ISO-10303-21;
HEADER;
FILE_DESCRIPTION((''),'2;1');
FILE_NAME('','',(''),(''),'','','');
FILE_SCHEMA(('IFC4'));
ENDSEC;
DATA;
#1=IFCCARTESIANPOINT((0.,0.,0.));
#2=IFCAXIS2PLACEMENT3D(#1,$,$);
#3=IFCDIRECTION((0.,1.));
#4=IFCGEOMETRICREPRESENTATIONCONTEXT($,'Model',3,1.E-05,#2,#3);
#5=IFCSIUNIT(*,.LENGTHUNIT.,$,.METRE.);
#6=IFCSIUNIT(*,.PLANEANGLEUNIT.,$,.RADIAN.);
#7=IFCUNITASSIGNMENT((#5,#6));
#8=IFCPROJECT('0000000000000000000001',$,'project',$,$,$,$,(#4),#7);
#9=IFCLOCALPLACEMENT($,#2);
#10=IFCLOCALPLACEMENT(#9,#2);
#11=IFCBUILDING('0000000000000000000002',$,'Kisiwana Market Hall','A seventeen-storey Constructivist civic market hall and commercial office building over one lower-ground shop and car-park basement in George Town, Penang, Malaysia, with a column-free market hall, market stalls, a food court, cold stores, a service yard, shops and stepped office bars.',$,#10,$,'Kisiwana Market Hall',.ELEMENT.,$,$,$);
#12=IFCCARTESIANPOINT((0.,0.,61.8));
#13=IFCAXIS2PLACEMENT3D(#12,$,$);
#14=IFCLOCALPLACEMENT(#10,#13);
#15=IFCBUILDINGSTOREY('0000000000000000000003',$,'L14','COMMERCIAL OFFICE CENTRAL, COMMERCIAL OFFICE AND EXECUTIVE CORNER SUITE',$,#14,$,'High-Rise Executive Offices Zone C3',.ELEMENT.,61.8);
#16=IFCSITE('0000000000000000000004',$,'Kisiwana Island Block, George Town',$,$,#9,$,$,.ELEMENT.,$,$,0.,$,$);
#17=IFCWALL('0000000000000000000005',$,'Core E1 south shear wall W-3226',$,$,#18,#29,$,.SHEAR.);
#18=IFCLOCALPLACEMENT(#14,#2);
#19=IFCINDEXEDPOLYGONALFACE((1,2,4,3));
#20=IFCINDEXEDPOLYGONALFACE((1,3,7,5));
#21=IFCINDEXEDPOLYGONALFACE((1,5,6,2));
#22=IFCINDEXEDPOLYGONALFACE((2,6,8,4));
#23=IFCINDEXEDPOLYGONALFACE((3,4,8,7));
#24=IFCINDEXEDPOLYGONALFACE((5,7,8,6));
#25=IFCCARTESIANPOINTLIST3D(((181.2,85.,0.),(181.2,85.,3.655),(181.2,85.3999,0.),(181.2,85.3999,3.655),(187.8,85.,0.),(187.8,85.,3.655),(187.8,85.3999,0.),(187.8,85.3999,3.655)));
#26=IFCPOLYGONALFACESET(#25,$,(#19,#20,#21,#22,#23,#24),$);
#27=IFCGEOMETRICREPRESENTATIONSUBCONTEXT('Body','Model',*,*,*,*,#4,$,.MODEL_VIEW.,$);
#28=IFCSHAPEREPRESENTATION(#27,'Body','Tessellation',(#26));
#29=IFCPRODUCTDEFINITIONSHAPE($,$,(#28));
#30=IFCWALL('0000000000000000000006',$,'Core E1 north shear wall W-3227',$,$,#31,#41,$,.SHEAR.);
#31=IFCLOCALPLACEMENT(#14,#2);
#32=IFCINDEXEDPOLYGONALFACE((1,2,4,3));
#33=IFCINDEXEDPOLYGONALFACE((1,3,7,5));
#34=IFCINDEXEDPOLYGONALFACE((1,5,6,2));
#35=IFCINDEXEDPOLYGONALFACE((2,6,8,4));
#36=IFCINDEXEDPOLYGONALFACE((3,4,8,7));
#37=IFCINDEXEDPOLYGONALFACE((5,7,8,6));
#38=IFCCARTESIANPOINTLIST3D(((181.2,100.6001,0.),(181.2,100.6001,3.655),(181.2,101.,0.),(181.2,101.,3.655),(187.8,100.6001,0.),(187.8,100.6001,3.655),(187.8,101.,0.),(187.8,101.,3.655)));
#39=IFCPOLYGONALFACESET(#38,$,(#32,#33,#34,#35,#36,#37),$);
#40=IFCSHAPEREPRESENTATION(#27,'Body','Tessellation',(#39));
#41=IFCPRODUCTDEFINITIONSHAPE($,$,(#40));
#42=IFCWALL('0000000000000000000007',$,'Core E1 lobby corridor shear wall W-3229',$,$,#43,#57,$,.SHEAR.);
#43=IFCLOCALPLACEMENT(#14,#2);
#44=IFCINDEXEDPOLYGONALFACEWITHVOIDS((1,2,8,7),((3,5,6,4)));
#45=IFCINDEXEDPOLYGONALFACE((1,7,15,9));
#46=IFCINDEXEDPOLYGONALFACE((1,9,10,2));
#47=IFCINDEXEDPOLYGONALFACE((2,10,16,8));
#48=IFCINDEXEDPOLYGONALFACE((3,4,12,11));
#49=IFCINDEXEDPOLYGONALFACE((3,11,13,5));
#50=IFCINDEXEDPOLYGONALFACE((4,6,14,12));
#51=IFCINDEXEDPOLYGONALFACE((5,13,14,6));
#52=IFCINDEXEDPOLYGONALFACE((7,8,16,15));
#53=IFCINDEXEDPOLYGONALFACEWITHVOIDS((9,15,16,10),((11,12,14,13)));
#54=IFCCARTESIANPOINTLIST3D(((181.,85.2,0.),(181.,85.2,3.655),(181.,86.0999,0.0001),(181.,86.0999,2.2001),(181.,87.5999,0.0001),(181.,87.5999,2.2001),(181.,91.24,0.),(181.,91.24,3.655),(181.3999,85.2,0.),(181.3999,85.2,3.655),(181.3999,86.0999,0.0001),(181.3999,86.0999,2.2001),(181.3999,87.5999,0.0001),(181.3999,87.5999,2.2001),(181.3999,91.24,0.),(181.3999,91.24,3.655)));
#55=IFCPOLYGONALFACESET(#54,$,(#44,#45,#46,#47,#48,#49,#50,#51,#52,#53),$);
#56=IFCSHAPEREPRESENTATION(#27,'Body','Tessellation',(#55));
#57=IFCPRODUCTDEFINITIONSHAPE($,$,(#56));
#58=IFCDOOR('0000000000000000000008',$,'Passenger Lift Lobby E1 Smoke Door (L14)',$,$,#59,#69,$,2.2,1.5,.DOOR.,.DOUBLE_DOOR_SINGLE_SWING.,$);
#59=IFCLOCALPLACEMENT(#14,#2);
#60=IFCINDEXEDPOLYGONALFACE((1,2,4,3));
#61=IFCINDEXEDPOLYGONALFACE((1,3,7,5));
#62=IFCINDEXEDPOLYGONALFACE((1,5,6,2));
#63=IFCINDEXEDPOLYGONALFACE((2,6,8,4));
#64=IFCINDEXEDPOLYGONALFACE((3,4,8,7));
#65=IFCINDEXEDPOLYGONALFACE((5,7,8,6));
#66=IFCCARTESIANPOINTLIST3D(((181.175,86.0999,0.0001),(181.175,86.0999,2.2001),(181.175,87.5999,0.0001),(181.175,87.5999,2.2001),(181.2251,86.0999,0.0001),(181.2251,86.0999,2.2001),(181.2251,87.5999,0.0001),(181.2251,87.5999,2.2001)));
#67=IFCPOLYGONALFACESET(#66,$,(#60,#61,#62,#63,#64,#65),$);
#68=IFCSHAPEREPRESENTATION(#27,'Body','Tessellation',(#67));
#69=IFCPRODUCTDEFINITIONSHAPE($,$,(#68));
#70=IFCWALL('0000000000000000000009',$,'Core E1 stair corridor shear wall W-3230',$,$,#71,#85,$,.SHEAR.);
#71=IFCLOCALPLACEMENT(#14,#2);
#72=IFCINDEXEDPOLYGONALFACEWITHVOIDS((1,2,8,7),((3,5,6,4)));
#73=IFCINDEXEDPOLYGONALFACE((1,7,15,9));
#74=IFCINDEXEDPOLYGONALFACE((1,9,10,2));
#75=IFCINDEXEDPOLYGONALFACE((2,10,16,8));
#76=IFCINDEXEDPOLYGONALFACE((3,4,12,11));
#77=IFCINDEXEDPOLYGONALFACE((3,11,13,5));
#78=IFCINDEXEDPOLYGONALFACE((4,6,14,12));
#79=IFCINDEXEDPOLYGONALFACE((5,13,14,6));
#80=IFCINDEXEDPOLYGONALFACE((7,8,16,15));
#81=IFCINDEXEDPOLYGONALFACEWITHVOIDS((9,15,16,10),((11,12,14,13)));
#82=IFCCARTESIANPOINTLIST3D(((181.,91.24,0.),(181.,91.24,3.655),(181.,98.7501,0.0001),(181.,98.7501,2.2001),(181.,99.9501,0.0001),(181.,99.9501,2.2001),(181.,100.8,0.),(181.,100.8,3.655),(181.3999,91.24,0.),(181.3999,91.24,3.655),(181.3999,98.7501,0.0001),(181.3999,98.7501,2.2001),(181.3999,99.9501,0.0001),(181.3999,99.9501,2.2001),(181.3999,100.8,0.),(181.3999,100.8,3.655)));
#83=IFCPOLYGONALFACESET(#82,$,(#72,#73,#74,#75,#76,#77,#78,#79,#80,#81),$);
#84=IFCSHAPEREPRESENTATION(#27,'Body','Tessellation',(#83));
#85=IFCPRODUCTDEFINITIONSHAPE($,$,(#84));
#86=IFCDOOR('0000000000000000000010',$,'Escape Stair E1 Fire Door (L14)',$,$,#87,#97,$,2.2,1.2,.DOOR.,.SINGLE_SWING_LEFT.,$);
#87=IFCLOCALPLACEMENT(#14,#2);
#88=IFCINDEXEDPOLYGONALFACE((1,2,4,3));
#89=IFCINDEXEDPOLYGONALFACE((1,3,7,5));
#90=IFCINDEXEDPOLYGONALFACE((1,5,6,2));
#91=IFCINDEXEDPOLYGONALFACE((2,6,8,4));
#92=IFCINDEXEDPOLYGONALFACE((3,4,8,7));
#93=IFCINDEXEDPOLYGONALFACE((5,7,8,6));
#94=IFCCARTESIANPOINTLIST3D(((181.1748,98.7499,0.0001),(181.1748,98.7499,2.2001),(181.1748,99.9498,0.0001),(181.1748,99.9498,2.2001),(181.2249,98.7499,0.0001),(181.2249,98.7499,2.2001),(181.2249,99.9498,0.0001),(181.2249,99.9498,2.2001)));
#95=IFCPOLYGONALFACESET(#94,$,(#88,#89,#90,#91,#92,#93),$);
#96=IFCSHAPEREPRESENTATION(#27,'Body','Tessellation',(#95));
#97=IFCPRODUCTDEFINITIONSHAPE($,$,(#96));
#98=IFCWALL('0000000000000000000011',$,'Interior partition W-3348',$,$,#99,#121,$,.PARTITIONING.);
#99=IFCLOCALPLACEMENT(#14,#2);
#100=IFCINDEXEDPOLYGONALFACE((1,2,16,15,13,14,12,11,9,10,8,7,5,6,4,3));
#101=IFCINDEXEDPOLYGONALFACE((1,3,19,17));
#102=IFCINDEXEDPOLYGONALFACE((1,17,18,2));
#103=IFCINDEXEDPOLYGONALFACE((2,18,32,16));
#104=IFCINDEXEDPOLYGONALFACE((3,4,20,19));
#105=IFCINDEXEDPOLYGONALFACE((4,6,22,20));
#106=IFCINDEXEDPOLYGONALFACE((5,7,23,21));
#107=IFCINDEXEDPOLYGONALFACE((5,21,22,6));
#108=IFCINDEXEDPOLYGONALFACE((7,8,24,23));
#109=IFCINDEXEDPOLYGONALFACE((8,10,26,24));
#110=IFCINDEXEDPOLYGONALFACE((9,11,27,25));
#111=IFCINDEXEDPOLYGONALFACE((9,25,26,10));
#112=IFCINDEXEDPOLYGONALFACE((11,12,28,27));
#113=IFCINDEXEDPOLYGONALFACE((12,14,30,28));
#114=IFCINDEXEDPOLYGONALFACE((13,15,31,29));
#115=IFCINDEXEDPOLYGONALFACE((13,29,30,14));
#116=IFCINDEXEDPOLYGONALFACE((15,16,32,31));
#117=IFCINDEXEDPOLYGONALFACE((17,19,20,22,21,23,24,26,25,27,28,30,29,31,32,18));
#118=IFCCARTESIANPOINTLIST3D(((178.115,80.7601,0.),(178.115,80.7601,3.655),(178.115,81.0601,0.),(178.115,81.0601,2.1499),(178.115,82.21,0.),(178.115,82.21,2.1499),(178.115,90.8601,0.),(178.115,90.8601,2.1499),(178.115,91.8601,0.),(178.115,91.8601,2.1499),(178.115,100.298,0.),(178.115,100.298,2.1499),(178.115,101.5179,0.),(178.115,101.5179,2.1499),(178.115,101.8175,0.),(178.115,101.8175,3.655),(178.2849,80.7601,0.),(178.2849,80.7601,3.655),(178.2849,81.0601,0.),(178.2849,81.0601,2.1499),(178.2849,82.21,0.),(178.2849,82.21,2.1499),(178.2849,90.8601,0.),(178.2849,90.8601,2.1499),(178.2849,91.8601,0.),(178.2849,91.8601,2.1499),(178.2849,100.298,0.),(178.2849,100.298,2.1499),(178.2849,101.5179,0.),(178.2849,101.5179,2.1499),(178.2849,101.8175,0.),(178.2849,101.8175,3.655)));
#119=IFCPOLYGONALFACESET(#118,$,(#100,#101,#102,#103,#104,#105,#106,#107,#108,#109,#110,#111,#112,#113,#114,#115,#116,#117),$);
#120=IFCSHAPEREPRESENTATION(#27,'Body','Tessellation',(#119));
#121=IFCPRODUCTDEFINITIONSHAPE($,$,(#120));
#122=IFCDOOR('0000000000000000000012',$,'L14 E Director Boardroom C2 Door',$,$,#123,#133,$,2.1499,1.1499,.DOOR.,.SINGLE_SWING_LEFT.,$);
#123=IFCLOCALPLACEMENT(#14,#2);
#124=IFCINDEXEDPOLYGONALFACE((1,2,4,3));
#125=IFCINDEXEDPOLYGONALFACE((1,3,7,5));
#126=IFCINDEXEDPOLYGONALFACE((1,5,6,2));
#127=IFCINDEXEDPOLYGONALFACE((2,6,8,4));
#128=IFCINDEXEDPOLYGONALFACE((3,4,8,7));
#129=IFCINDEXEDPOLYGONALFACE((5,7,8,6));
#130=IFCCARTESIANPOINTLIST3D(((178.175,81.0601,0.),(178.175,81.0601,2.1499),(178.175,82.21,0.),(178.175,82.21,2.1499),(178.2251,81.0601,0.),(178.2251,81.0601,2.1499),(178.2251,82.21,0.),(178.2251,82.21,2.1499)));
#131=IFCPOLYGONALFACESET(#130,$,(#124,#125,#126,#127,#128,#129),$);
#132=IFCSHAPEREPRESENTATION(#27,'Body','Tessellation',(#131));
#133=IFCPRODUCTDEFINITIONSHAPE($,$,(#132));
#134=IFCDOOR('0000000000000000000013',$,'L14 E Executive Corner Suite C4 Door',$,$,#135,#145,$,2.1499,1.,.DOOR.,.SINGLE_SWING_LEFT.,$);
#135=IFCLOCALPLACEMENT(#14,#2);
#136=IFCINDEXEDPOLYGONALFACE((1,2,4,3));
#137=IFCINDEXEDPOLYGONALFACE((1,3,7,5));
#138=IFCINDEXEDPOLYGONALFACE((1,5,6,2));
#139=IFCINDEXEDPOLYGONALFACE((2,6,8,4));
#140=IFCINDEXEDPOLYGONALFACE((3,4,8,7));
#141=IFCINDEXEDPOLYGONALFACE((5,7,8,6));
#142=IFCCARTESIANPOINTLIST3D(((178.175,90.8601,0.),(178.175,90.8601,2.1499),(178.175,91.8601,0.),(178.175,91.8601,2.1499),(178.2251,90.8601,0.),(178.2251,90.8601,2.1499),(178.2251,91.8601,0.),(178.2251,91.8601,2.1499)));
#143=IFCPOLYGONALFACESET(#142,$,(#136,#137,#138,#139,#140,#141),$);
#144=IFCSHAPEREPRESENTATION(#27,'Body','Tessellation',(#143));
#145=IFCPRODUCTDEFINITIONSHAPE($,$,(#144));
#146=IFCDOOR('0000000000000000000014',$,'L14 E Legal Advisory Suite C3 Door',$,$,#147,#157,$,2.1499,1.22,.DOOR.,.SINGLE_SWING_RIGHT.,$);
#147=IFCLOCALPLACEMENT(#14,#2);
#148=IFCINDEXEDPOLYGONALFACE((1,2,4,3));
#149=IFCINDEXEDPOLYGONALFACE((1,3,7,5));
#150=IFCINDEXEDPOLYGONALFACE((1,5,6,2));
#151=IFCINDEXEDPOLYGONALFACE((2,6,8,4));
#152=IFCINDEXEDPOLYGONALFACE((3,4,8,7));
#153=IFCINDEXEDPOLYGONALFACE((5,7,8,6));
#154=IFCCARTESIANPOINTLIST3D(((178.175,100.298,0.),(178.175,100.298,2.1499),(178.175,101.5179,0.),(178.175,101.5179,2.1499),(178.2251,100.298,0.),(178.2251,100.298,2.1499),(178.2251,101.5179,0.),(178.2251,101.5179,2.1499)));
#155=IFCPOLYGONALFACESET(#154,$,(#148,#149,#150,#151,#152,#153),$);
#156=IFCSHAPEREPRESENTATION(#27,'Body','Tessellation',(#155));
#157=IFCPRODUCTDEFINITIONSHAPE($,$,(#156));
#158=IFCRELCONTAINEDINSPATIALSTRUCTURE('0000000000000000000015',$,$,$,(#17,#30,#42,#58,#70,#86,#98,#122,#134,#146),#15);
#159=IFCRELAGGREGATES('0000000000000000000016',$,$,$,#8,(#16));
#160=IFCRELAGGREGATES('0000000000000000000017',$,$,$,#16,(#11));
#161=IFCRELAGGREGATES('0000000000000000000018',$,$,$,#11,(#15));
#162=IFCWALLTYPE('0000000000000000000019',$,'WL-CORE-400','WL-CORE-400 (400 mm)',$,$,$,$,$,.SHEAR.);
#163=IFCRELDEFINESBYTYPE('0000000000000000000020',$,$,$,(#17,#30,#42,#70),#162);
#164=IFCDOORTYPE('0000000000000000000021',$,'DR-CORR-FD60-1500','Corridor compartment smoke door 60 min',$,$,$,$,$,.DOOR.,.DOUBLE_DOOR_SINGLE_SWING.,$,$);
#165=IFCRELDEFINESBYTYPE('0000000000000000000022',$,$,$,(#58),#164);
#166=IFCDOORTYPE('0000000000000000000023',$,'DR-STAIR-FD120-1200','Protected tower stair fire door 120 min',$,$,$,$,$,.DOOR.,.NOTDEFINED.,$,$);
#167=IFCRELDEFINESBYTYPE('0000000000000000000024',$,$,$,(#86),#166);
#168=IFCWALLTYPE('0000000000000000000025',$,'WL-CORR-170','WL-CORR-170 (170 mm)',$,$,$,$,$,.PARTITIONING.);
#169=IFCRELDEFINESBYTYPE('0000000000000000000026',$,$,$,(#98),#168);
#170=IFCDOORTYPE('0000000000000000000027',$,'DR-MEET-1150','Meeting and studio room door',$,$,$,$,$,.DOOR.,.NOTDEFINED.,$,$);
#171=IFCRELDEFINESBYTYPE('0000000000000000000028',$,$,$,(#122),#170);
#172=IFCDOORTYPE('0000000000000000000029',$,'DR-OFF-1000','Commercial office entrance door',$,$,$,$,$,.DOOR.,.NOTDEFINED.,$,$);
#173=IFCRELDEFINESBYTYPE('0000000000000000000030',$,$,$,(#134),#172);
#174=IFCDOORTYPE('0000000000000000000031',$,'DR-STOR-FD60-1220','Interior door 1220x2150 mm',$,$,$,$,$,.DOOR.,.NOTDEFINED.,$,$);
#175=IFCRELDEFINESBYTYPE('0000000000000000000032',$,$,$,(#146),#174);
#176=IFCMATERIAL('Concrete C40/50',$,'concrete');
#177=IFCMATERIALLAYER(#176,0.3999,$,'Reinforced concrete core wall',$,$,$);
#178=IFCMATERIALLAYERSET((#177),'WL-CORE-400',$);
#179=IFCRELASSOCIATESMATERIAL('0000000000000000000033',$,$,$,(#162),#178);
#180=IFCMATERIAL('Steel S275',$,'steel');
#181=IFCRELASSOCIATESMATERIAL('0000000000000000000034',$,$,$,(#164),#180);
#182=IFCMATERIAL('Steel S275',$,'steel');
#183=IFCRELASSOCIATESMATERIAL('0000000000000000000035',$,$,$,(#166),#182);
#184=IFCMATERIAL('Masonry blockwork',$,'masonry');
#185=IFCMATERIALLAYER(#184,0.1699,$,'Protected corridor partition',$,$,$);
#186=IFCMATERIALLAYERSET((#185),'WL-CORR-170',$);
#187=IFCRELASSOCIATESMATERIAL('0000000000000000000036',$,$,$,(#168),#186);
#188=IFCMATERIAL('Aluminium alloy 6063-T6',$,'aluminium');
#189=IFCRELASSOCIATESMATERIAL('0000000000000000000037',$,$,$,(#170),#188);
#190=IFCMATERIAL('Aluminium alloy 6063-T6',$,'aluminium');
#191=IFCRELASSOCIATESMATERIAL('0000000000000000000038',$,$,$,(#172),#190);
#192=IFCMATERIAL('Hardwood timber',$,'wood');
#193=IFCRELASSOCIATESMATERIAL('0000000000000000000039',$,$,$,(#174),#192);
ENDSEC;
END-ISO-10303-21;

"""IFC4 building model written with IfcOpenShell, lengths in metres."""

from ifc_helpers import new_model, si_unit, direction, frame, frame_2d, origin, place, context, subcontext, project, spatial, rectangle, extrude, material, layer, layer_set, type_object, element, fill, save


model = new_model("IFC4")

# Units and contexts
model_context = context("Model", 3, precision=1e-05, world=origin(), true_north=direction((0.0, 1.0)))
body_context = subcontext(model_context, "Body", "Model", "MODEL_VIEW")
ifc_project = project(units=[si_unit("LENGTHUNIT", "METRE"), si_unit("PLANEANGLEUNIT", "RADIAN")], contexts=[model_context])

# Site, building, storey
site_placement = place(None, origin())
site = spatial("IfcSite", under=ifc_project, at=site_placement, Name="Kisiwana Island Block, George Town", CompositionType="ELEMENT", RefElevation=0.0)
building_placement = place(site_placement, origin())
building = spatial("IfcBuilding", under=site, at=building_placement, Name="Kisiwana Market Hall", Description="A seventeen-storey Constructivist civic market hall and commercial office building over one lower-ground shop and car-park basement in George Town, Penang, Malaysia, with a column-free market hall, market stalls, a food court, cold stores, a service yard, shops and stepped office bars.", LongName="Kisiwana Market Hall", CompositionType="ELEMENT")
storey_placement = place(building_placement, frame((0.0, 0.0, 61.8)))
storey = spatial("IfcBuildingStorey", under=building, at=storey_placement, Name="L14", Description="COMMERCIAL OFFICE CENTRAL, COMMERCIAL OFFICE AND EXECUTIVE CORNER SUITE", LongName="High-Rise Executive Offices Zone C3", CompositionType="ELEMENT", Elevation=61.8)

# Walls
ifc_material_1 = material(Name="Concrete C40/50", Category="concrete")
ifc_layer_1 = layer(ifc_material_1, 0.3999, Name="Reinforced concrete core wall")
ifc_layer_set_1 = layer_set([ifc_layer_1], Name="WL-CORE-400")
wall_type_1 = type_object("IfcWallType", Name="WL-CORE-400", Description="WL-CORE-400 (400 mm)", PredefinedType="SHEAR", material=ifc_layer_set_1)
for number, where, z_axis, x_axis, name in (
    (1, (181.2, 85.2, 0.0), (0.0, 0.0, 1.0), (1.0, 0.0, 0.0), "Core E1 south shear wall W-3226"),
    (2, (181.2, 100.8, 0.0), (0.0, 0.0, 1.0), (1.0, 0.0, 0.0), "Core E1 north shear wall W-3227"),
):
    element("IfcWall", number, at=place(storey_placement, frame(where, z_axis=z_axis, x_axis=x_axis)), inside=storey, type_object=wall_type_1, Name=name, PredefinedType="SHEAR", context=body_context, shape_type="SweptSolid", body=[
        extrude(rectangle(XDim=6.6001, YDim=0.3999, at=frame_2d((3.3, 0.0))), origin(), (0.0, 0.0, 1.0), 3.655),
    ])

# Walls, openings, doors
wall_1_placement = place(storey_placement, frame((181.2, 85.2, 0.0), z_axis=(0.0, 0.0, 1.0), x_axis=(0.0, 1.0, 0.0)))
wall_1 = element("IfcWall", 3, at=wall_1_placement, inside=storey, type_object=wall_type_1, Name="Core E1 lobby corridor shear wall W-3229", PredefinedType="SHEAR", context=body_context, shape_type="SweptSolid", body=[
    extrude(rectangle(XDim=6.04, YDim=0.3999, at=frame_2d((3.02, 0.0))), origin(), (0.0, 0.0, 1.0), 3.655),
])
opening_1_placement = place(wall_1_placement, frame((0.8999, 0.0, 0.0)))
opening_1 = element("IfcOpeningElement", 4, at=opening_1_placement, cuts=wall_1, PredefinedType="OPENING", context=body_context, shape_type="SweptSolid", body=[
    extrude(rectangle(XDim=1.5, YDim=2.2, at=frame_2d((0.75, 1.1001))), frame((0.0, 0.2119, 0.0), z_axis=(0.0, -1.0, 0.0), x_axis=(1.0, 0.0, 0.0)), (0.0, 0.0, 1.0), 0.4238),
])
ifc_material_2 = material(Name="Steel S275", Category="steel")
door_type_1 = type_object("IfcDoorType", Name="DR-CORR-FD60-1500", Description="Corridor compartment smoke door 60 min", OperationType="DOUBLE_DOOR_SINGLE_SWING", PredefinedType="DOOR", material=ifc_material_2)
door_1_placement = place(opening_1_placement, origin())
door_1 = element("IfcDoor", 5, at=door_1_placement, inside=storey, type_object=door_type_1, Name="Passenger Lift Lobby E1 Smoke Door (L14)", OperationType="DOUBLE_DOOR_SINGLE_SWING", OverallHeight=2.2, OverallWidth=1.5, PredefinedType="DOOR", context=body_context, shape_type="SweptSolid", body=[
    extrude(rectangle(XDim=1.5, YDim=2.2, at=frame_2d((0.75, 1.1001))), frame((0.0, 0.0249, 0.0), z_axis=(0.0, -1.0, 0.0), x_axis=(1.0, 0.0, 0.0)), (0.0, 0.0, 1.0), 0.05),
])
fill(opening_1, door_1)
wall_2_placement = place(storey_placement, frame((181.2, 91.24, 0.0), z_axis=(0.0, 0.0, 1.0), x_axis=(0.0, 1.0, 0.0)))
wall_2 = element("IfcWall", 6, at=wall_2_placement, inside=storey, type_object=wall_type_1, Name="Core E1 stair corridor shear wall W-3230", PredefinedType="SHEAR", context=body_context, shape_type="SweptSolid", body=[
    extrude(rectangle(XDim=9.5601, YDim=0.3999, at=frame_2d((4.78, 0.0))), origin(), (0.0, 0.0, 1.0), 3.655),
])
opening_2_placement = place(wall_2_placement, frame((7.51, 0.0, 0.0)))
opening_2 = element("IfcOpeningElement", 7, at=opening_2_placement, cuts=wall_2, PredefinedType="OPENING", context=body_context, shape_type="SweptSolid", body=[
    extrude(rectangle(XDim=1.2, YDim=2.2, at=frame_2d((0.6001, 1.1001))), frame((0.0, 0.2119, 0.0), z_axis=(0.0, -1.0, 0.0), x_axis=(1.0, 0.0, 0.0)), (0.0, 0.0, 1.0), 0.4238),
])
ifc_material_3 = material(Name="Steel S275", Category="steel")
door_type_2 = type_object("IfcDoorType", Name="DR-STAIR-FD120-1200", Description="Protected tower stair fire door 120 min", OperationType="NOTDEFINED", PredefinedType="DOOR", material=ifc_material_3)
door_2_placement = place(opening_2_placement, frame((1.2, 0.0, 0.0), z_axis=(0.0, 0.0, 1.0), x_axis=(-1.0, 0.0, 0.0)))
door_2 = element("IfcDoor", 8, at=door_2_placement, inside=storey, type_object=door_type_2, Name="Escape Stair E1 Fire Door (L14)", OperationType="SINGLE_SWING_LEFT", OverallHeight=2.2, OverallWidth=1.2, PredefinedType="DOOR", context=body_context, shape_type="SweptSolid", body=[
    extrude(rectangle(XDim=1.2, YDim=2.2, at=frame_2d((0.6001, 1.1001))), frame((0.0, 0.0249, 0.0), z_axis=(0.0, -1.0, 0.0), x_axis=(1.0, 0.0, 0.0)), (0.0, 0.0, 1.0), 0.05),
])
fill(opening_2, door_2)

# Wall, openings, doors
ifc_material_4 = material(Name="Masonry blockwork", Category="masonry")
ifc_layer_2 = layer(ifc_material_4, 0.1699, Name="Protected corridor partition")
ifc_layer_set_2 = layer_set([ifc_layer_2], Name="WL-CORR-170")
wall_type_2 = type_object("IfcWallType", Name="WL-CORR-170", Description="WL-CORR-170 (170 mm)", PredefinedType="PARTITIONING", material=ifc_layer_set_2)
wall_3_placement = place(storey_placement, frame((178.2, 80.76, 0.0), z_axis=(0.0, 0.0, 1.0), x_axis=(0.0, 1.0, 0.0)))
wall_3 = element("IfcWall", 9, at=wall_3_placement, inside=storey, type_object=wall_type_2, Name="Interior partition W-3348", PredefinedType="PARTITIONING", context=body_context, shape_type="SweptSolid", body=[
    extrude(rectangle(XDim=21.0574, YDim=0.1699, at=frame_2d((10.5288, 0.0))), origin(), (0.0, 0.0, 1.0), 3.655),
])
opening_3_placement = place(wall_3_placement, frame((10.1001, 0.0, 0.0)))
opening_3 = element("IfcOpeningElement", 10, at=opening_3_placement, cuts=wall_3, PredefinedType="OPENING", context=body_context, shape_type="SweptSolid", body=[
    extrude(rectangle(XDim=1.0, YDim=2.1499, at=frame_2d((0.5, 1.075))), frame((0.0, 0.0969, 0.0), z_axis=(0.0, -1.0, 0.0), x_axis=(1.0, 0.0, 0.0)), (0.0, 0.0, 1.0), 0.1938),
])
opening_4_placement = place(wall_3_placement, frame((0.3, 0.0, 0.0)))
opening_4 = element("IfcOpeningElement", 11, at=opening_4_placement, cuts=wall_3, PredefinedType="OPENING", context=body_context, shape_type="SweptSolid", body=[
    extrude(rectangle(XDim=1.1499, YDim=2.1499, at=frame_2d((0.575, 1.075))), frame((0.0, 0.0969, 0.0), z_axis=(0.0, -1.0, 0.0), x_axis=(1.0, 0.0, 0.0)), (0.0, 0.0, 1.0), 0.1938),
])
opening_5_placement = place(wall_3_placement, frame((19.5381, 0.0, 0.0)))
opening_5 = element("IfcOpeningElement", 12, at=opening_5_placement, cuts=wall_3, PredefinedType="OPENING", context=body_context, shape_type="SweptSolid", body=[
    extrude(rectangle(XDim=1.22, YDim=2.1499, at=frame_2d((0.6099, 1.075))), frame((0.0, 0.0969, 0.0), z_axis=(0.0, -1.0, 0.0), x_axis=(1.0, 0.0, 0.0)), (0.0, 0.0, 1.0), 0.1938),
])
ifc_material_5 = material(Name="Aluminium alloy 6063-T6", Category="aluminium")
door_type_3 = type_object("IfcDoorType", Name="DR-MEET-1150", Description="Meeting and studio room door", OperationType="NOTDEFINED", PredefinedType="DOOR", material=ifc_material_5)
door_3_placement = place(opening_4_placement, origin())
door_3 = element("IfcDoor", 13, at=door_3_placement, inside=storey, type_object=door_type_3, Name="L14 E Director Boardroom C2 Door", OperationType="SINGLE_SWING_LEFT", OverallHeight=2.1499, OverallWidth=1.1499, PredefinedType="DOOR", context=body_context, shape_type="SweptSolid", body=[
    extrude(rectangle(XDim=1.1499, YDim=2.1499, at=frame_2d((0.575, 1.075))), frame((0.0, 0.0249, 0.0), z_axis=(0.0, -1.0, 0.0), x_axis=(1.0, 0.0, 0.0)), (0.0, 0.0, 1.0), 0.05),
])
fill(opening_4, door_3)
ifc_material_6 = material(Name="Aluminium alloy 6063-T6", Category="aluminium")
door_type_4 = type_object("IfcDoorType", Name="DR-OFF-1000", Description="Commercial office entrance door", OperationType="NOTDEFINED", PredefinedType="DOOR", material=ifc_material_6)
door_4_placement = place(opening_3_placement, origin())
door_4 = element("IfcDoor", 14, at=door_4_placement, inside=storey, type_object=door_type_4, Name="L14 E Executive Corner Suite C4 Door", OperationType="SINGLE_SWING_LEFT", OverallHeight=2.1499, OverallWidth=1.0, PredefinedType="DOOR", context=body_context, shape_type="SweptSolid", body=[
    extrude(rectangle(XDim=1.0, YDim=2.1499, at=frame_2d((0.5, 1.075))), frame((0.0, 0.0249, 0.0), z_axis=(0.0, -1.0, 0.0), x_axis=(1.0, 0.0, 0.0)), (0.0, 0.0, 1.0), 0.05),
])
fill(opening_3, door_4)
ifc_material_7 = material(Name="Hardwood timber", Category="wood")
door_type_5 = type_object("IfcDoorType", Name="DR-STOR-FD60-1220", Description="Interior door 1220x2150 mm", OperationType="NOTDEFINED", PredefinedType="DOOR", material=ifc_material_7)
door_5_placement = place(opening_5_placement, origin())
door_5 = element("IfcDoor", 15, at=door_5_placement, inside=storey, type_object=door_type_5, Name="L14 E Legal Advisory Suite C3 Door", OperationType="SINGLE_SWING_RIGHT", OverallHeight=2.1499, OverallWidth=1.22, PredefinedType="DOOR", context=body_context, shape_type="SweptSolid", body=[
    extrude(rectangle(XDim=1.22, YDim=2.1499, at=frame_2d((0.6099, 1.075))), frame((0.0, 0.0249, 0.0), z_axis=(0.0, -1.0, 0.0), x_axis=(1.0, 0.0, 0.0)), (0.0, 0.0, 1.0), 0.05),
])
fill(opening_5, door_5)

save(model, "model.ifc")
